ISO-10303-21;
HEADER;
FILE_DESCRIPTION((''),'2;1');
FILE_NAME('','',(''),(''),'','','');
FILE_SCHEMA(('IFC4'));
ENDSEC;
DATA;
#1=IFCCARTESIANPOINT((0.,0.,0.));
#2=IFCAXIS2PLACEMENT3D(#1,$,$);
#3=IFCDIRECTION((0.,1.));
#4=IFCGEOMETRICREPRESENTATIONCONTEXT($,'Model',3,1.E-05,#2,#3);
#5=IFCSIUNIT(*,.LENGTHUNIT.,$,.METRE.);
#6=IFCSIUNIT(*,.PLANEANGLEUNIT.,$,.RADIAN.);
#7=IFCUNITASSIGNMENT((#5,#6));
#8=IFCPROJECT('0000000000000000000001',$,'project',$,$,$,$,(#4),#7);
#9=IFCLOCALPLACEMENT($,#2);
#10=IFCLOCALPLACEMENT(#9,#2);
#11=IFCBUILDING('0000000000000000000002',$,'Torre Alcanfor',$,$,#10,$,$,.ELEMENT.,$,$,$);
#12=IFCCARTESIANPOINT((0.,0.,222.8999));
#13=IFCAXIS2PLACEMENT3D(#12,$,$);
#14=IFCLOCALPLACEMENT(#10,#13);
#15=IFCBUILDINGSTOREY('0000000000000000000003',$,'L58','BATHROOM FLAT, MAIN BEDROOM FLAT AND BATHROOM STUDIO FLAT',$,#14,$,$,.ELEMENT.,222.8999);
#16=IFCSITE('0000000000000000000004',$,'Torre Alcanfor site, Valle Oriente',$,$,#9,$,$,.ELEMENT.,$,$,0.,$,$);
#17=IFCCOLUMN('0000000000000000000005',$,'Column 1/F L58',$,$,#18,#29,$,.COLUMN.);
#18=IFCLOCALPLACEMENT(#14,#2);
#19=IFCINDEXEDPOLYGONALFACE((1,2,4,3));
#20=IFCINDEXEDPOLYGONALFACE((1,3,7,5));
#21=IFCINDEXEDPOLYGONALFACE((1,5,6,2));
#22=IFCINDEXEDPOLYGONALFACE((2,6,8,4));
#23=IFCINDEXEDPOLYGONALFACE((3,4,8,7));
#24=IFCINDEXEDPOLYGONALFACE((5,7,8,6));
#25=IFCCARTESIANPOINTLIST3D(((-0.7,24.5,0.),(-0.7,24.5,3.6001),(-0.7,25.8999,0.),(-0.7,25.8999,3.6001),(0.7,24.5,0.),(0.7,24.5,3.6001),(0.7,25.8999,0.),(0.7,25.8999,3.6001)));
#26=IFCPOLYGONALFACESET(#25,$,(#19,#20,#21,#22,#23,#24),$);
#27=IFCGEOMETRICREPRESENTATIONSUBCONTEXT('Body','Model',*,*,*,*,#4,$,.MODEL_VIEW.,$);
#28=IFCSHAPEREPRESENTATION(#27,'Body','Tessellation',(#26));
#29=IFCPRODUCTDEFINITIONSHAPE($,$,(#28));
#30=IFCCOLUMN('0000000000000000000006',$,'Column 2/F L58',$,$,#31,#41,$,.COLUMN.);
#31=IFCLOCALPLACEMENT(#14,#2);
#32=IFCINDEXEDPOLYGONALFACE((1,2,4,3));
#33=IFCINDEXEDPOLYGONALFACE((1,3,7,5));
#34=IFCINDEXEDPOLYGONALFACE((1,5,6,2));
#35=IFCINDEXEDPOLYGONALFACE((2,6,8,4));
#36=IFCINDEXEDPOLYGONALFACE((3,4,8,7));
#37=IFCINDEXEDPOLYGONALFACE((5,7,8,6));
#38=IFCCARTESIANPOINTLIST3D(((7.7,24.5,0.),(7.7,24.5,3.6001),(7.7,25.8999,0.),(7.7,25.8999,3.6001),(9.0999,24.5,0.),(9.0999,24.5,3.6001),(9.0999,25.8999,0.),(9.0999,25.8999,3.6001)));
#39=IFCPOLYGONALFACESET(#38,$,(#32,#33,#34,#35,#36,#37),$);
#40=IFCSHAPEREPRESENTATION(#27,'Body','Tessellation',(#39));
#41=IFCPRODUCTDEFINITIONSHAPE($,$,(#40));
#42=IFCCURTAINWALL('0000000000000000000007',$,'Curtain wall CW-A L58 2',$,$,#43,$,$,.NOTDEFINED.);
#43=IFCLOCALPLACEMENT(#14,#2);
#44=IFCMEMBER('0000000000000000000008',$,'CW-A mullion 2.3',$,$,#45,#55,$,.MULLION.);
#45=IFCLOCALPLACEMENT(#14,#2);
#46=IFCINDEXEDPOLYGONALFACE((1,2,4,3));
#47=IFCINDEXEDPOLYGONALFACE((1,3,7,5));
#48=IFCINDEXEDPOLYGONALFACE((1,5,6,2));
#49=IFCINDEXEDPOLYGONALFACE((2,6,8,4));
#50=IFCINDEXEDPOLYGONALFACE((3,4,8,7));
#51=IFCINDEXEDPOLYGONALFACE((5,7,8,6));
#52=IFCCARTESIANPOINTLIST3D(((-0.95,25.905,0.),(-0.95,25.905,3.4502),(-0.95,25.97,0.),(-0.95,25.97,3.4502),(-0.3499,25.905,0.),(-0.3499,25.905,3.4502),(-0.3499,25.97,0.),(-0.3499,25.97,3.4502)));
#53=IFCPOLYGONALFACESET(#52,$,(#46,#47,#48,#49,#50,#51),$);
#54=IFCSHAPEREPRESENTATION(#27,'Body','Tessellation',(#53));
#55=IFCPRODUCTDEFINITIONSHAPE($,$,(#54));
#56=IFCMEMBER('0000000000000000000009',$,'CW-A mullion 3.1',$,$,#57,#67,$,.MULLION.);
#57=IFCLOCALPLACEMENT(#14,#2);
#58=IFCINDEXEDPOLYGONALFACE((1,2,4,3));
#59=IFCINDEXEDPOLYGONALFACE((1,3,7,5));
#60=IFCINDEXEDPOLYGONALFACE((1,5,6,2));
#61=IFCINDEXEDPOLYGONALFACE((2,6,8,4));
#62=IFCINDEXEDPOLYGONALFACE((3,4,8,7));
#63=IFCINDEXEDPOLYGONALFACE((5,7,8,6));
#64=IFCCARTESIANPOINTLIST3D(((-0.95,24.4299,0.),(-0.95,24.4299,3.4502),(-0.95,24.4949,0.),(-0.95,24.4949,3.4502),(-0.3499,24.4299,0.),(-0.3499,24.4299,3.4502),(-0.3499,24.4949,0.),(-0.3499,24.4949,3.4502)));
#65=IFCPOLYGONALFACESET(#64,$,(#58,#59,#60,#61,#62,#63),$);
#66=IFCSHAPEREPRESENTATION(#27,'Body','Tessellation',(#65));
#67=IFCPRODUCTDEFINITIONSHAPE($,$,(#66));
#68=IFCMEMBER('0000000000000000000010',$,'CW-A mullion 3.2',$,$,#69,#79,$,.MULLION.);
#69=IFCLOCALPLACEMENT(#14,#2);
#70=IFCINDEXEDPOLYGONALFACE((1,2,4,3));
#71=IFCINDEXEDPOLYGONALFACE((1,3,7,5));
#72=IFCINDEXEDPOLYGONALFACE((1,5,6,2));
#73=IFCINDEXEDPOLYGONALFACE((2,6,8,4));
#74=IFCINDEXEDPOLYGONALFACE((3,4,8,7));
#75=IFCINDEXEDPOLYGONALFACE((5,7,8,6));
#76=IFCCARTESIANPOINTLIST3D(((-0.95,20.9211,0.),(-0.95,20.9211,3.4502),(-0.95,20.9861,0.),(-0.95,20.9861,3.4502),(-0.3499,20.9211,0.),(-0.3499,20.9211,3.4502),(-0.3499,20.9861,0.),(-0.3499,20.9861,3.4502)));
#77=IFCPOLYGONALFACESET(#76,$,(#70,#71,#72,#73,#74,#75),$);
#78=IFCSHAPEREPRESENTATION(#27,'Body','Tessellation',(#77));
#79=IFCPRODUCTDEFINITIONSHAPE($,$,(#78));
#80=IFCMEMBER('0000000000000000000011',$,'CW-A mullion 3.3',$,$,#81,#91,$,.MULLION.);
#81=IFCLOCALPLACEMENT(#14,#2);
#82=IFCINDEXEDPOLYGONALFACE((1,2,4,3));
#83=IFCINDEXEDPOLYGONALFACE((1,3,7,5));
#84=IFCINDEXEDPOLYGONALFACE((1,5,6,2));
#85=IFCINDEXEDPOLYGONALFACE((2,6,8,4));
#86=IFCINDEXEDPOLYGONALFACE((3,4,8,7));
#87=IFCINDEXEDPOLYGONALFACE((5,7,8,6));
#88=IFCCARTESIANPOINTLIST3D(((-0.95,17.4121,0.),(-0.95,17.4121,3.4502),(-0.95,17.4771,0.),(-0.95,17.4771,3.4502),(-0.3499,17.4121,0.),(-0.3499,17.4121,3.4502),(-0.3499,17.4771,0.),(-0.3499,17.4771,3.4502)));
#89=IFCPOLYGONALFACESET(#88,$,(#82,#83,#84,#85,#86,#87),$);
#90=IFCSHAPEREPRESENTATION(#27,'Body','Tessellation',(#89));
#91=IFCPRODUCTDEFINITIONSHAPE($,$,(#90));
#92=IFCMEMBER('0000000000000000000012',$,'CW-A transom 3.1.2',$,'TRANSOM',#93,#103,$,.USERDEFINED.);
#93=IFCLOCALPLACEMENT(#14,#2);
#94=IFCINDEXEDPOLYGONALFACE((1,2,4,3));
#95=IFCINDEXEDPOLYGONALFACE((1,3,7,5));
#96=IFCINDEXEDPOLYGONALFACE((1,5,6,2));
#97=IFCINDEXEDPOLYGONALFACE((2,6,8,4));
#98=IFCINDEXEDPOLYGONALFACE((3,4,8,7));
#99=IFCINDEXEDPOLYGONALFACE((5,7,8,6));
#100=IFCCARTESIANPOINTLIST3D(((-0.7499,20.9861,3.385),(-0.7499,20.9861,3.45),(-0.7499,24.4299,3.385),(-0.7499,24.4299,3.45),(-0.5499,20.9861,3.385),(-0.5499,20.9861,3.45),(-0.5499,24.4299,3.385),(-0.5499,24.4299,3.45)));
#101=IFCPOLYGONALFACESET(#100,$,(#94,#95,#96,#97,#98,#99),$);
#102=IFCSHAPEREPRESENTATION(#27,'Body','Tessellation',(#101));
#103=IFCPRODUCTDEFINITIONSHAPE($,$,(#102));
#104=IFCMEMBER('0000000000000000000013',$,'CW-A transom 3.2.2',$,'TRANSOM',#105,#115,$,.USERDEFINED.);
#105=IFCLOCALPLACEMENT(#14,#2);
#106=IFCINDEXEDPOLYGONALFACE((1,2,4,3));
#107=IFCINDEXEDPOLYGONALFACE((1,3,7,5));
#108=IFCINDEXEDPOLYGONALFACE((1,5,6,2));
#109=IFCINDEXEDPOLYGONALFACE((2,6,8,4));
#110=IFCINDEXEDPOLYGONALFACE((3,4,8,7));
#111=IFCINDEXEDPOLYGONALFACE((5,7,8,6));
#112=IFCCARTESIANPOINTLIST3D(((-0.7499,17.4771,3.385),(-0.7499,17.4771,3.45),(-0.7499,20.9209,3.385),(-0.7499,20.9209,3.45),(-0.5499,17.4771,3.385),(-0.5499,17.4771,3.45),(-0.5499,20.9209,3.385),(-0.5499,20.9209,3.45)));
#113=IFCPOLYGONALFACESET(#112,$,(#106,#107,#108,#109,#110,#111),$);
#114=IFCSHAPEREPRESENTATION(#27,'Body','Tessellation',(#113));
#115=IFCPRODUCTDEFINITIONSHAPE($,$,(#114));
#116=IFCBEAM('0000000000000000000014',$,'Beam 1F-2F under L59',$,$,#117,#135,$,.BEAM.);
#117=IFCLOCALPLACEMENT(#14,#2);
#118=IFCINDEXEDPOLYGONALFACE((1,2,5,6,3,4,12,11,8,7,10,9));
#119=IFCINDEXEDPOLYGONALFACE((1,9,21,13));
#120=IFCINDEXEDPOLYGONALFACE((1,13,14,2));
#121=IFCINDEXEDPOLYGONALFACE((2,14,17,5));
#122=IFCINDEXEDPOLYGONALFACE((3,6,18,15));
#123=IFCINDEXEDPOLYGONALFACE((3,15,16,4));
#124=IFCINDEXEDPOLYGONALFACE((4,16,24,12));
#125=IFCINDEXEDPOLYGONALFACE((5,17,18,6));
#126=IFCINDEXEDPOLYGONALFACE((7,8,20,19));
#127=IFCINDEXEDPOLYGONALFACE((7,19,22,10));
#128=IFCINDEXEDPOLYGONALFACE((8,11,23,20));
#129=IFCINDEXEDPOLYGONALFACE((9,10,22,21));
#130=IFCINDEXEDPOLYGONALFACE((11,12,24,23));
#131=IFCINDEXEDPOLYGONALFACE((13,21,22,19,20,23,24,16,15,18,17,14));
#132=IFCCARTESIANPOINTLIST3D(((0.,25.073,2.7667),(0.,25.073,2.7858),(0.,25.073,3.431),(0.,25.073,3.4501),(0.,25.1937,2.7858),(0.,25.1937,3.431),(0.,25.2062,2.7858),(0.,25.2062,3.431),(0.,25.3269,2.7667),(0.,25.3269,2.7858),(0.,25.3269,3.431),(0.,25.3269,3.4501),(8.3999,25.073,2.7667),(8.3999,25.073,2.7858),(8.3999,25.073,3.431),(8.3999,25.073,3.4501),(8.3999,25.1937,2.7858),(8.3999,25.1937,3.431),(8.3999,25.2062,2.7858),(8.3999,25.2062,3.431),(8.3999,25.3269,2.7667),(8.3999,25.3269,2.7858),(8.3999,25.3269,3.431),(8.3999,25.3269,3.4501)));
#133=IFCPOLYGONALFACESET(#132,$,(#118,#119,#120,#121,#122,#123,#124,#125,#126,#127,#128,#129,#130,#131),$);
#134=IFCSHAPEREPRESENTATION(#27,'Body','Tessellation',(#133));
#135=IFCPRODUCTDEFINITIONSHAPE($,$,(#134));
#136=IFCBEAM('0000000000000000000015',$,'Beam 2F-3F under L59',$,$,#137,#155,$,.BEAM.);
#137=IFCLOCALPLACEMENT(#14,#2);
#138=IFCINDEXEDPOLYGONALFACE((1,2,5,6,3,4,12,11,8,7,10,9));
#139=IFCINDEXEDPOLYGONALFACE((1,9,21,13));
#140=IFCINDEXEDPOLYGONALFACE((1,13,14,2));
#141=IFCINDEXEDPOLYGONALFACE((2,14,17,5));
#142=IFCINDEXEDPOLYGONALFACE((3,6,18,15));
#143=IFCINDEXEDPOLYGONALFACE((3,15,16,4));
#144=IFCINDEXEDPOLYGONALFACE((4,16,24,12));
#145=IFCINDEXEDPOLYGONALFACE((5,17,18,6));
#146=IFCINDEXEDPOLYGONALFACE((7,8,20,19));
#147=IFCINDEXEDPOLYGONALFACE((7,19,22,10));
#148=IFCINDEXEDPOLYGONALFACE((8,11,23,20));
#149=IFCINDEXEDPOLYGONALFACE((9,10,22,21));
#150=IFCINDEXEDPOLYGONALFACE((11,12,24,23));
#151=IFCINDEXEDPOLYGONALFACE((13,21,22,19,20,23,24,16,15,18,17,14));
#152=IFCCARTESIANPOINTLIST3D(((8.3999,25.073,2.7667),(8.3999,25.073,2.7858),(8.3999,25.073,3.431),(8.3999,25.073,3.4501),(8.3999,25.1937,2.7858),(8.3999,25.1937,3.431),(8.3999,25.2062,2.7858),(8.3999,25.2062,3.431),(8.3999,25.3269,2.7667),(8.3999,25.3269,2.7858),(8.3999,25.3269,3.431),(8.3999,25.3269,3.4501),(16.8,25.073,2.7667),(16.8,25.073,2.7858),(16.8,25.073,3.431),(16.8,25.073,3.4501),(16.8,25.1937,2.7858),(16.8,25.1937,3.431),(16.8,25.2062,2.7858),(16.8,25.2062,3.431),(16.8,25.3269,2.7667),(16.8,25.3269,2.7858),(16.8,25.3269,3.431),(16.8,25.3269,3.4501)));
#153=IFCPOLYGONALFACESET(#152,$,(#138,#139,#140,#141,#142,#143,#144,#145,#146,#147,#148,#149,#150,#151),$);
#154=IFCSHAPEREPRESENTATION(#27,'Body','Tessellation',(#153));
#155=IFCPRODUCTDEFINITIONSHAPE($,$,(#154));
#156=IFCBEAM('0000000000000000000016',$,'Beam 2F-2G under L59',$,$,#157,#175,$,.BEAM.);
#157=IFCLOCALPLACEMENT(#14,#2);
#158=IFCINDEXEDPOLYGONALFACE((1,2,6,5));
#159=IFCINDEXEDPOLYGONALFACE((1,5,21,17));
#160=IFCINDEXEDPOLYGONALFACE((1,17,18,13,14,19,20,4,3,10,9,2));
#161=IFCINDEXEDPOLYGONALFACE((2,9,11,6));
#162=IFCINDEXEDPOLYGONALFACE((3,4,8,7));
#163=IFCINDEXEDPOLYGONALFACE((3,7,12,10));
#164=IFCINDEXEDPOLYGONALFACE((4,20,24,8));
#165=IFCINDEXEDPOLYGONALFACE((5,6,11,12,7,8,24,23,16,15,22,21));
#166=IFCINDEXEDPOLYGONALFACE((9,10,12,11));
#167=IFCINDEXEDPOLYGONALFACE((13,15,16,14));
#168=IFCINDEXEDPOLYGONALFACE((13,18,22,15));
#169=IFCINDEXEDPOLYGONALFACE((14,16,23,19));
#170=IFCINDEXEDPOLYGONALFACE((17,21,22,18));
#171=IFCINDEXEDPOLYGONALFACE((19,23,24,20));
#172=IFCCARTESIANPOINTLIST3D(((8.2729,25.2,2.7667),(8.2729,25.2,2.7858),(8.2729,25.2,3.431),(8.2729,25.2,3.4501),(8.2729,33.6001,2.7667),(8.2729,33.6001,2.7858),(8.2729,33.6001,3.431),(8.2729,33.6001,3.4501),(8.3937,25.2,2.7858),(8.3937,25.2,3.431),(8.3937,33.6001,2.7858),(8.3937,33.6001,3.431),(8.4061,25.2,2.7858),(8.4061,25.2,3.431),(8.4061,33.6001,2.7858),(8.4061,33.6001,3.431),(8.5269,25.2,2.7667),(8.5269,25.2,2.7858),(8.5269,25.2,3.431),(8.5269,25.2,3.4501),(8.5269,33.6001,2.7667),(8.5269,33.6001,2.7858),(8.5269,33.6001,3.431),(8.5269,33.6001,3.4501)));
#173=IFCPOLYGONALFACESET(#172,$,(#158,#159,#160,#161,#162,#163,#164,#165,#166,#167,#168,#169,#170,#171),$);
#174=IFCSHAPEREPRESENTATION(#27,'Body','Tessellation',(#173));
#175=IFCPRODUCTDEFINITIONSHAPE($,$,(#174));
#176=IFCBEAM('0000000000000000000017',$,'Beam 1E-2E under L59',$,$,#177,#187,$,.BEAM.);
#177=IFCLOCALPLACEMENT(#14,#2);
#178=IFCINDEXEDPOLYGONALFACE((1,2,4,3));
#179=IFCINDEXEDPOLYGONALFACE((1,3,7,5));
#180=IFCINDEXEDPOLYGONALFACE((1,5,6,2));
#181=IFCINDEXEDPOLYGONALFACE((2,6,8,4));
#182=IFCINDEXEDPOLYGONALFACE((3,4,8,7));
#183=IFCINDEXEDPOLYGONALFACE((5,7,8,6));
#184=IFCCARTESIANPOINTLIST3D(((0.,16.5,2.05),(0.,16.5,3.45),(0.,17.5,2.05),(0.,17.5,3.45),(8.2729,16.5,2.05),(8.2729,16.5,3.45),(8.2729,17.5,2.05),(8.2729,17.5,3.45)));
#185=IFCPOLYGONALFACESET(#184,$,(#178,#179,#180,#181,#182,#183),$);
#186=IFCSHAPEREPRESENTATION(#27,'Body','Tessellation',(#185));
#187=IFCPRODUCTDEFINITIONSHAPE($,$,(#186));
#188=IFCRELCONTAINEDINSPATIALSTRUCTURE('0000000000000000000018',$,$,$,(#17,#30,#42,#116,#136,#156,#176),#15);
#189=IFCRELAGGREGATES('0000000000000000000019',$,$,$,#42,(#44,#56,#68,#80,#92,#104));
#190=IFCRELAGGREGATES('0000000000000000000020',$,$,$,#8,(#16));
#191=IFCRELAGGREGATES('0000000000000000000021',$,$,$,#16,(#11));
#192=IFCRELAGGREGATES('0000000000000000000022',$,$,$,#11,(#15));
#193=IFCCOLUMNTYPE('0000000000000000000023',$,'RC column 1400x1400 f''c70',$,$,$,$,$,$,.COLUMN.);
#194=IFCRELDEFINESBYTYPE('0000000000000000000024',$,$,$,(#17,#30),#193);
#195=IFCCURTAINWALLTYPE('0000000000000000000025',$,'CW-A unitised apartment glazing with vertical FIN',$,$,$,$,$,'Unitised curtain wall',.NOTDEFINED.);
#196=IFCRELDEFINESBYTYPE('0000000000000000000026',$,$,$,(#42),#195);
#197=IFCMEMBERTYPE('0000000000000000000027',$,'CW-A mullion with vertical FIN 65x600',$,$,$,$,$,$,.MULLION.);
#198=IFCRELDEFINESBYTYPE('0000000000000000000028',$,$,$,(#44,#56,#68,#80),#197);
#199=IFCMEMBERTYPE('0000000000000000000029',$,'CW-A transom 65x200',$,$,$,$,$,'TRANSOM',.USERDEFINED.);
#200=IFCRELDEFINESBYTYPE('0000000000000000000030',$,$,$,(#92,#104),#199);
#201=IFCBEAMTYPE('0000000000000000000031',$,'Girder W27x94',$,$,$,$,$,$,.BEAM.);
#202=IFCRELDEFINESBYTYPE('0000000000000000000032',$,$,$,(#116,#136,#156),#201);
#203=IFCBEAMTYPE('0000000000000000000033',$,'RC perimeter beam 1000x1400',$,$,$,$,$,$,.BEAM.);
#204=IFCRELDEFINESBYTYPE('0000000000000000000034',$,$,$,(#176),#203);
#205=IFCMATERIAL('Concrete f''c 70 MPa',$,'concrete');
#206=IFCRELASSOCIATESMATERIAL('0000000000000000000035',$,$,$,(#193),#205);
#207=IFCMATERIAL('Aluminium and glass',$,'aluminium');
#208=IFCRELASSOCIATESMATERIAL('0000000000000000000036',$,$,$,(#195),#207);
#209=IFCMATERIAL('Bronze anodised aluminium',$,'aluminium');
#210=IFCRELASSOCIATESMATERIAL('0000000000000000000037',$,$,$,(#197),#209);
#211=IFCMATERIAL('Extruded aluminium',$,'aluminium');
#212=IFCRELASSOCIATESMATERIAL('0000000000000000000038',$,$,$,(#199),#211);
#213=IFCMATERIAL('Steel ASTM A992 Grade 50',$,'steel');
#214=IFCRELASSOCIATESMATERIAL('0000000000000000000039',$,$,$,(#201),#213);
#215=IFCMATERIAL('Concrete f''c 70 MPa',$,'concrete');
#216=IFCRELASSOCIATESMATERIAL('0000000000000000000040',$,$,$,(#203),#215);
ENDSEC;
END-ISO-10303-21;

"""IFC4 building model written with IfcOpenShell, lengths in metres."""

from ifc_helpers import new_model, si_unit, direction, frame, origin, origin_2d, place, context, subcontext, project, spatial, rectangle, i_section, extrude, material, material_profile, profile_set, type_object, element, aggregate, save


model = new_model("IFC4")

# Units and contexts
model_context = context("Model", 3, precision=1e-05, world=origin(), true_north=direction((0.0, 1.0)))
body_context = subcontext(model_context, "Body", "Model", "MODEL_VIEW")
ifc_project = project(units=[si_unit("LENGTHUNIT", "METRE"), si_unit("PLANEANGLEUNIT", "RADIAN")], contexts=[model_context])

# Site, building, storey
site_placement = place(None, origin())
site = spatial("IfcSite", under=ifc_project, at=site_placement, Name="Torre Alcanfor site, Valle Oriente", CompositionType="ELEMENT", RefElevation=0.0)
building_placement = place(site_placement, origin())
building = spatial("IfcBuilding", under=site, at=building_placement, Name="Torre Alcanfor", CompositionType="ELEMENT")
storey_placement = place(building_placement, frame((0.0, 0.0, 222.8999)))
storey = spatial("IfcBuildingStorey", under=building, at=storey_placement, Name="L58", Description="BATHROOM FLAT, MAIN BEDROOM FLAT AND BATHROOM STUDIO FLAT", CompositionType="ELEMENT", Elevation=222.8999)

# Columns
ifc_material_1 = material(Name="Concrete f'c 70 MPa", Category="concrete")
ifc_material_profile_1 = material_profile(ifc_material_1, rectangle(XDim=1.3999, YDim=1.3999, at=origin_2d()), Name="1400x1400")
ifc_profile_set_1 = profile_set([ifc_material_profile_1], Name="Concrete f'c 70 MPa")
column_type = type_object("IfcColumnType", Name="RC column 1400x1400 f'c70", PredefinedType="COLUMN", material=ifc_profile_set_1)
for number, where, z_axis, x_axis, name in (
    (1, (0.0, 25.2, 0.0), (0.0, 0.0, 1.0), (1.0, 0.0, 0.0), "Column 1/F L58"),
    (2, (8.3999, 25.2, 0.0), (0.0, 0.0, 1.0), (1.0, 0.0, 0.0), "Column 2/F L58"),
):
    element("IfcColumn", number, at=place(storey_placement, frame(where, z_axis=z_axis, x_axis=x_axis)), inside=storey, type_object=column_type, Name=name, PredefinedType="COLUMN", context=body_context, shape_type="SweptSolid", body=[
        extrude(rectangle(XDim=1.3999, YDim=1.3999, at=origin_2d()), origin(), (0.0, 0.0, 1.0), 3.6001),
    ])

# Curtain wall, members
ifc_material_2 = material(Name="Aluminium and glass", Category="aluminium")
curtain_wall_type = type_object("IfcCurtainWallType", Name="CW-A unitised apartment glazing with vertical FIN", ElementType="Unitised curtain wall", PredefinedType="NOTDEFINED", material=ifc_material_2)
curtain_wall_placement = place(storey_placement, origin())
curtain_wall = element("IfcCurtainWall", 3, at=curtain_wall_placement, inside=storey, type_object=curtain_wall_type, Name="Curtain wall CW-A L58 2", PredefinedType="NOTDEFINED")
ifc_material_3 = material(Name="Bronze anodised aluminium", Category="aluminium")
ifc_material_profile_2 = material_profile(ifc_material_3, rectangle(XDim=0.6001, YDim=0.0649, at=origin_2d()), Name="CW-A mullion 65x600")
ifc_profile_set_2 = profile_set([ifc_material_profile_2], Name="Bronze anodised aluminium")
member_type_1 = type_object("IfcMemberType", Name="CW-A mullion with vertical FIN 65x600", PredefinedType="MULLION", material=ifc_profile_set_2)
member_1_placement = place(storey_placement, frame((-0.6499, 25.9375, 0.0), z_axis=(0.0, 0.0, 1.0), x_axis=(1.0, 0.0, 0.0)))
member_1 = element("IfcMember", 4, at=member_1_placement, type_object=member_type_1, Name="CW-A mullion 2.3", PredefinedType="MULLION", context=body_context, shape_type="SweptSolid", body=[
    extrude(rectangle(XDim=0.6001, YDim=0.0649, at=origin_2d()), origin(), (0.0, 0.0, 1.0), 3.4502),
])
member_2_placement = place(storey_placement, frame((-0.6499, 24.4624, 0.0), z_axis=(0.0, 0.0, 1.0), x_axis=(1.0, 0.0, 0.0)))
member_2 = element("IfcMember", 5, at=member_2_placement, type_object=member_type_1, Name="CW-A mullion 3.1", PredefinedType="MULLION", context=body_context, shape_type="SweptSolid", body=[
    extrude(rectangle(XDim=0.6001, YDim=0.0649, at=origin_2d()), origin(), (0.0, 0.0, 1.0), 3.4502),
])
member_3_placement = place(storey_placement, frame((-0.6499, 20.9536, 0.0), z_axis=(0.0, 0.0, 1.0), x_axis=(1.0, 0.0, 0.0)))
member_3 = element("IfcMember", 6, at=member_3_placement, type_object=member_type_1, Name="CW-A mullion 3.2", PredefinedType="MULLION", context=body_context, shape_type="SweptSolid", body=[
    extrude(rectangle(XDim=0.6001, YDim=0.0649, at=origin_2d()), origin(), (0.0, 0.0, 1.0), 3.4502),
])
member_4_placement = place(storey_placement, frame((-0.6499, 17.4446, 0.0), z_axis=(0.0, 0.0, 1.0), x_axis=(1.0, 0.0, 0.0)))
member_4 = element("IfcMember", 7, at=member_4_placement, type_object=member_type_1, Name="CW-A mullion 3.3", PredefinedType="MULLION", context=body_context, shape_type="SweptSolid", body=[
    extrude(rectangle(XDim=0.6001, YDim=0.0649, at=origin_2d()), origin(), (0.0, 0.0, 1.0), 3.4502),
])
ifc_material_4 = material(Name="Extruded aluminium", Category="aluminium")
ifc_material_profile_3 = material_profile(ifc_material_4, rectangle(XDim=0.2, YDim=0.0649, at=origin_2d()), Name="CW-A transom 200x65")
ifc_profile_set_3 = profile_set([ifc_material_profile_3], Name="Extruded aluminium")
member_type_2 = type_object("IfcMemberType", Name="CW-A transom 65x200", ElementType="TRANSOM", PredefinedType="USERDEFINED", material=ifc_profile_set_3)
member_5_placement = place(storey_placement, frame((-0.6499, 24.4299, 3.4175), z_axis=(0.0, -1.0, 0.0), x_axis=(1.0, 0.0, 0.0)))
member_5 = element("IfcMember", 8, at=member_5_placement, type_object=member_type_2, Name="CW-A transom 3.1.2", ObjectType="TRANSOM", PredefinedType="USERDEFINED", context=body_context, shape_type="SweptSolid", body=[
    extrude(rectangle(XDim=0.2, YDim=0.0649, at=origin_2d()), origin(), (0.0, 0.0, 1.0), 3.4438),
])
member_6_placement = place(storey_placement, frame((-0.6499, 20.9209, 3.4175), z_axis=(0.0, -1.0, 0.0), x_axis=(1.0, 0.0, 0.0)))
member_6 = element("IfcMember", 9, at=member_6_placement, type_object=member_type_2, Name="CW-A transom 3.2.2", ObjectType="TRANSOM", PredefinedType="USERDEFINED", context=body_context, shape_type="SweptSolid", body=[
    extrude(rectangle(XDim=0.2, YDim=0.0649, at=origin_2d()), origin(), (0.0, 0.0, 1.0), 3.4438),
])

# Beams
ifc_material_5 = material(Name="Steel ASTM A992 Grade 50", Category="steel")
ifc_material_profile_4 = material_profile(ifc_material_5, i_section(OverallWidth=0.2539, OverallDepth=0.6833, WebThickness=0.0125, FlangeThickness=0.019, at=origin_2d()), Name="W27x94")
ifc_profile_set_4 = profile_set([ifc_material_profile_4], Name="Steel ASTM A992 Grade 50")
beam_type_1 = type_object("IfcBeamType", Name="Girder W27x94", PredefinedType="BEAM", material=ifc_profile_set_4)
beam_1_placement = place(storey_placement, frame((0.0, 25.2, 3.1084), z_axis=(1.0, 0.0, 0.0), x_axis=(0.0, 1.0, 0.0)))
element("IfcBeam", 10, at=beam_1_placement, inside=storey, type_object=beam_type_1, Name="Beam 1F-2F under L59", PredefinedType="BEAM", context=body_context, shape_type="SweptSolid", body=[
    extrude(i_section(OverallWidth=0.2539, OverallDepth=0.6833, WebThickness=0.0125, FlangeThickness=0.019, at=origin_2d()), origin(), (0.0, 0.0, 1.0), 8.3999),
])
for number, where, z_axis, x_axis, name in (
    (11, (8.3999, 25.2, 3.1084), (1.0, 0.0, 0.0), (0.0, 1.0, 0.0), "Beam 2F-3F under L59"),
    (12, (8.3999, 25.2, 3.1084), (0.0, 1.0, 0.0), (-1.0, 0.0, 0.0), "Beam 2F-2G under L59"),
):
    element("IfcBeam", number, at=place(storey_placement, frame(where, z_axis=z_axis, x_axis=x_axis)), inside=storey, type_object=beam_type_1, Name=name, PredefinedType="BEAM", context=body_context, shape_type="SweptSolid", body=[
        extrude(i_section(OverallWidth=0.2539, OverallDepth=0.6833, WebThickness=0.0125, FlangeThickness=0.019, at=origin_2d()), origin(), (0.0, 0.0, 1.0), 8.4001),
    ])
ifc_material_6 = material(Name="Concrete f'c 70 MPa", Category="concrete")
ifc_material_profile_5 = material_profile(ifc_material_6, rectangle(XDim=1.0, YDim=1.3999, at=origin_2d()), Name="1000x1400")
ifc_profile_set_5 = profile_set([ifc_material_profile_5], Name="Concrete f'c 70 MPa")
beam_type_2 = type_object("IfcBeamType", Name="RC perimeter beam 1000x1400", PredefinedType="BEAM", material=ifc_profile_set_5)
beam_2_placement = place(storey_placement, frame((0.0, 17.0, 2.75), z_axis=(1.0, 0.0, 0.0), x_axis=(0.0, 1.0, 0.0)))
element("IfcBeam", 13, at=beam_2_placement, inside=storey, type_object=beam_type_2, Name="Beam 1E-2E under L59", PredefinedType="BEAM", context=body_context, shape_type="SweptSolid", body=[
    extrude(rectangle(XDim=1.0, YDim=1.3999, at=origin_2d()), origin(), (0.0, 0.0, 1.0), 8.2729),
])

aggregate(curtain_wall, [member_1, member_2, member_3, member_4, member_5, member_6])

save(model, "model.ifc")
